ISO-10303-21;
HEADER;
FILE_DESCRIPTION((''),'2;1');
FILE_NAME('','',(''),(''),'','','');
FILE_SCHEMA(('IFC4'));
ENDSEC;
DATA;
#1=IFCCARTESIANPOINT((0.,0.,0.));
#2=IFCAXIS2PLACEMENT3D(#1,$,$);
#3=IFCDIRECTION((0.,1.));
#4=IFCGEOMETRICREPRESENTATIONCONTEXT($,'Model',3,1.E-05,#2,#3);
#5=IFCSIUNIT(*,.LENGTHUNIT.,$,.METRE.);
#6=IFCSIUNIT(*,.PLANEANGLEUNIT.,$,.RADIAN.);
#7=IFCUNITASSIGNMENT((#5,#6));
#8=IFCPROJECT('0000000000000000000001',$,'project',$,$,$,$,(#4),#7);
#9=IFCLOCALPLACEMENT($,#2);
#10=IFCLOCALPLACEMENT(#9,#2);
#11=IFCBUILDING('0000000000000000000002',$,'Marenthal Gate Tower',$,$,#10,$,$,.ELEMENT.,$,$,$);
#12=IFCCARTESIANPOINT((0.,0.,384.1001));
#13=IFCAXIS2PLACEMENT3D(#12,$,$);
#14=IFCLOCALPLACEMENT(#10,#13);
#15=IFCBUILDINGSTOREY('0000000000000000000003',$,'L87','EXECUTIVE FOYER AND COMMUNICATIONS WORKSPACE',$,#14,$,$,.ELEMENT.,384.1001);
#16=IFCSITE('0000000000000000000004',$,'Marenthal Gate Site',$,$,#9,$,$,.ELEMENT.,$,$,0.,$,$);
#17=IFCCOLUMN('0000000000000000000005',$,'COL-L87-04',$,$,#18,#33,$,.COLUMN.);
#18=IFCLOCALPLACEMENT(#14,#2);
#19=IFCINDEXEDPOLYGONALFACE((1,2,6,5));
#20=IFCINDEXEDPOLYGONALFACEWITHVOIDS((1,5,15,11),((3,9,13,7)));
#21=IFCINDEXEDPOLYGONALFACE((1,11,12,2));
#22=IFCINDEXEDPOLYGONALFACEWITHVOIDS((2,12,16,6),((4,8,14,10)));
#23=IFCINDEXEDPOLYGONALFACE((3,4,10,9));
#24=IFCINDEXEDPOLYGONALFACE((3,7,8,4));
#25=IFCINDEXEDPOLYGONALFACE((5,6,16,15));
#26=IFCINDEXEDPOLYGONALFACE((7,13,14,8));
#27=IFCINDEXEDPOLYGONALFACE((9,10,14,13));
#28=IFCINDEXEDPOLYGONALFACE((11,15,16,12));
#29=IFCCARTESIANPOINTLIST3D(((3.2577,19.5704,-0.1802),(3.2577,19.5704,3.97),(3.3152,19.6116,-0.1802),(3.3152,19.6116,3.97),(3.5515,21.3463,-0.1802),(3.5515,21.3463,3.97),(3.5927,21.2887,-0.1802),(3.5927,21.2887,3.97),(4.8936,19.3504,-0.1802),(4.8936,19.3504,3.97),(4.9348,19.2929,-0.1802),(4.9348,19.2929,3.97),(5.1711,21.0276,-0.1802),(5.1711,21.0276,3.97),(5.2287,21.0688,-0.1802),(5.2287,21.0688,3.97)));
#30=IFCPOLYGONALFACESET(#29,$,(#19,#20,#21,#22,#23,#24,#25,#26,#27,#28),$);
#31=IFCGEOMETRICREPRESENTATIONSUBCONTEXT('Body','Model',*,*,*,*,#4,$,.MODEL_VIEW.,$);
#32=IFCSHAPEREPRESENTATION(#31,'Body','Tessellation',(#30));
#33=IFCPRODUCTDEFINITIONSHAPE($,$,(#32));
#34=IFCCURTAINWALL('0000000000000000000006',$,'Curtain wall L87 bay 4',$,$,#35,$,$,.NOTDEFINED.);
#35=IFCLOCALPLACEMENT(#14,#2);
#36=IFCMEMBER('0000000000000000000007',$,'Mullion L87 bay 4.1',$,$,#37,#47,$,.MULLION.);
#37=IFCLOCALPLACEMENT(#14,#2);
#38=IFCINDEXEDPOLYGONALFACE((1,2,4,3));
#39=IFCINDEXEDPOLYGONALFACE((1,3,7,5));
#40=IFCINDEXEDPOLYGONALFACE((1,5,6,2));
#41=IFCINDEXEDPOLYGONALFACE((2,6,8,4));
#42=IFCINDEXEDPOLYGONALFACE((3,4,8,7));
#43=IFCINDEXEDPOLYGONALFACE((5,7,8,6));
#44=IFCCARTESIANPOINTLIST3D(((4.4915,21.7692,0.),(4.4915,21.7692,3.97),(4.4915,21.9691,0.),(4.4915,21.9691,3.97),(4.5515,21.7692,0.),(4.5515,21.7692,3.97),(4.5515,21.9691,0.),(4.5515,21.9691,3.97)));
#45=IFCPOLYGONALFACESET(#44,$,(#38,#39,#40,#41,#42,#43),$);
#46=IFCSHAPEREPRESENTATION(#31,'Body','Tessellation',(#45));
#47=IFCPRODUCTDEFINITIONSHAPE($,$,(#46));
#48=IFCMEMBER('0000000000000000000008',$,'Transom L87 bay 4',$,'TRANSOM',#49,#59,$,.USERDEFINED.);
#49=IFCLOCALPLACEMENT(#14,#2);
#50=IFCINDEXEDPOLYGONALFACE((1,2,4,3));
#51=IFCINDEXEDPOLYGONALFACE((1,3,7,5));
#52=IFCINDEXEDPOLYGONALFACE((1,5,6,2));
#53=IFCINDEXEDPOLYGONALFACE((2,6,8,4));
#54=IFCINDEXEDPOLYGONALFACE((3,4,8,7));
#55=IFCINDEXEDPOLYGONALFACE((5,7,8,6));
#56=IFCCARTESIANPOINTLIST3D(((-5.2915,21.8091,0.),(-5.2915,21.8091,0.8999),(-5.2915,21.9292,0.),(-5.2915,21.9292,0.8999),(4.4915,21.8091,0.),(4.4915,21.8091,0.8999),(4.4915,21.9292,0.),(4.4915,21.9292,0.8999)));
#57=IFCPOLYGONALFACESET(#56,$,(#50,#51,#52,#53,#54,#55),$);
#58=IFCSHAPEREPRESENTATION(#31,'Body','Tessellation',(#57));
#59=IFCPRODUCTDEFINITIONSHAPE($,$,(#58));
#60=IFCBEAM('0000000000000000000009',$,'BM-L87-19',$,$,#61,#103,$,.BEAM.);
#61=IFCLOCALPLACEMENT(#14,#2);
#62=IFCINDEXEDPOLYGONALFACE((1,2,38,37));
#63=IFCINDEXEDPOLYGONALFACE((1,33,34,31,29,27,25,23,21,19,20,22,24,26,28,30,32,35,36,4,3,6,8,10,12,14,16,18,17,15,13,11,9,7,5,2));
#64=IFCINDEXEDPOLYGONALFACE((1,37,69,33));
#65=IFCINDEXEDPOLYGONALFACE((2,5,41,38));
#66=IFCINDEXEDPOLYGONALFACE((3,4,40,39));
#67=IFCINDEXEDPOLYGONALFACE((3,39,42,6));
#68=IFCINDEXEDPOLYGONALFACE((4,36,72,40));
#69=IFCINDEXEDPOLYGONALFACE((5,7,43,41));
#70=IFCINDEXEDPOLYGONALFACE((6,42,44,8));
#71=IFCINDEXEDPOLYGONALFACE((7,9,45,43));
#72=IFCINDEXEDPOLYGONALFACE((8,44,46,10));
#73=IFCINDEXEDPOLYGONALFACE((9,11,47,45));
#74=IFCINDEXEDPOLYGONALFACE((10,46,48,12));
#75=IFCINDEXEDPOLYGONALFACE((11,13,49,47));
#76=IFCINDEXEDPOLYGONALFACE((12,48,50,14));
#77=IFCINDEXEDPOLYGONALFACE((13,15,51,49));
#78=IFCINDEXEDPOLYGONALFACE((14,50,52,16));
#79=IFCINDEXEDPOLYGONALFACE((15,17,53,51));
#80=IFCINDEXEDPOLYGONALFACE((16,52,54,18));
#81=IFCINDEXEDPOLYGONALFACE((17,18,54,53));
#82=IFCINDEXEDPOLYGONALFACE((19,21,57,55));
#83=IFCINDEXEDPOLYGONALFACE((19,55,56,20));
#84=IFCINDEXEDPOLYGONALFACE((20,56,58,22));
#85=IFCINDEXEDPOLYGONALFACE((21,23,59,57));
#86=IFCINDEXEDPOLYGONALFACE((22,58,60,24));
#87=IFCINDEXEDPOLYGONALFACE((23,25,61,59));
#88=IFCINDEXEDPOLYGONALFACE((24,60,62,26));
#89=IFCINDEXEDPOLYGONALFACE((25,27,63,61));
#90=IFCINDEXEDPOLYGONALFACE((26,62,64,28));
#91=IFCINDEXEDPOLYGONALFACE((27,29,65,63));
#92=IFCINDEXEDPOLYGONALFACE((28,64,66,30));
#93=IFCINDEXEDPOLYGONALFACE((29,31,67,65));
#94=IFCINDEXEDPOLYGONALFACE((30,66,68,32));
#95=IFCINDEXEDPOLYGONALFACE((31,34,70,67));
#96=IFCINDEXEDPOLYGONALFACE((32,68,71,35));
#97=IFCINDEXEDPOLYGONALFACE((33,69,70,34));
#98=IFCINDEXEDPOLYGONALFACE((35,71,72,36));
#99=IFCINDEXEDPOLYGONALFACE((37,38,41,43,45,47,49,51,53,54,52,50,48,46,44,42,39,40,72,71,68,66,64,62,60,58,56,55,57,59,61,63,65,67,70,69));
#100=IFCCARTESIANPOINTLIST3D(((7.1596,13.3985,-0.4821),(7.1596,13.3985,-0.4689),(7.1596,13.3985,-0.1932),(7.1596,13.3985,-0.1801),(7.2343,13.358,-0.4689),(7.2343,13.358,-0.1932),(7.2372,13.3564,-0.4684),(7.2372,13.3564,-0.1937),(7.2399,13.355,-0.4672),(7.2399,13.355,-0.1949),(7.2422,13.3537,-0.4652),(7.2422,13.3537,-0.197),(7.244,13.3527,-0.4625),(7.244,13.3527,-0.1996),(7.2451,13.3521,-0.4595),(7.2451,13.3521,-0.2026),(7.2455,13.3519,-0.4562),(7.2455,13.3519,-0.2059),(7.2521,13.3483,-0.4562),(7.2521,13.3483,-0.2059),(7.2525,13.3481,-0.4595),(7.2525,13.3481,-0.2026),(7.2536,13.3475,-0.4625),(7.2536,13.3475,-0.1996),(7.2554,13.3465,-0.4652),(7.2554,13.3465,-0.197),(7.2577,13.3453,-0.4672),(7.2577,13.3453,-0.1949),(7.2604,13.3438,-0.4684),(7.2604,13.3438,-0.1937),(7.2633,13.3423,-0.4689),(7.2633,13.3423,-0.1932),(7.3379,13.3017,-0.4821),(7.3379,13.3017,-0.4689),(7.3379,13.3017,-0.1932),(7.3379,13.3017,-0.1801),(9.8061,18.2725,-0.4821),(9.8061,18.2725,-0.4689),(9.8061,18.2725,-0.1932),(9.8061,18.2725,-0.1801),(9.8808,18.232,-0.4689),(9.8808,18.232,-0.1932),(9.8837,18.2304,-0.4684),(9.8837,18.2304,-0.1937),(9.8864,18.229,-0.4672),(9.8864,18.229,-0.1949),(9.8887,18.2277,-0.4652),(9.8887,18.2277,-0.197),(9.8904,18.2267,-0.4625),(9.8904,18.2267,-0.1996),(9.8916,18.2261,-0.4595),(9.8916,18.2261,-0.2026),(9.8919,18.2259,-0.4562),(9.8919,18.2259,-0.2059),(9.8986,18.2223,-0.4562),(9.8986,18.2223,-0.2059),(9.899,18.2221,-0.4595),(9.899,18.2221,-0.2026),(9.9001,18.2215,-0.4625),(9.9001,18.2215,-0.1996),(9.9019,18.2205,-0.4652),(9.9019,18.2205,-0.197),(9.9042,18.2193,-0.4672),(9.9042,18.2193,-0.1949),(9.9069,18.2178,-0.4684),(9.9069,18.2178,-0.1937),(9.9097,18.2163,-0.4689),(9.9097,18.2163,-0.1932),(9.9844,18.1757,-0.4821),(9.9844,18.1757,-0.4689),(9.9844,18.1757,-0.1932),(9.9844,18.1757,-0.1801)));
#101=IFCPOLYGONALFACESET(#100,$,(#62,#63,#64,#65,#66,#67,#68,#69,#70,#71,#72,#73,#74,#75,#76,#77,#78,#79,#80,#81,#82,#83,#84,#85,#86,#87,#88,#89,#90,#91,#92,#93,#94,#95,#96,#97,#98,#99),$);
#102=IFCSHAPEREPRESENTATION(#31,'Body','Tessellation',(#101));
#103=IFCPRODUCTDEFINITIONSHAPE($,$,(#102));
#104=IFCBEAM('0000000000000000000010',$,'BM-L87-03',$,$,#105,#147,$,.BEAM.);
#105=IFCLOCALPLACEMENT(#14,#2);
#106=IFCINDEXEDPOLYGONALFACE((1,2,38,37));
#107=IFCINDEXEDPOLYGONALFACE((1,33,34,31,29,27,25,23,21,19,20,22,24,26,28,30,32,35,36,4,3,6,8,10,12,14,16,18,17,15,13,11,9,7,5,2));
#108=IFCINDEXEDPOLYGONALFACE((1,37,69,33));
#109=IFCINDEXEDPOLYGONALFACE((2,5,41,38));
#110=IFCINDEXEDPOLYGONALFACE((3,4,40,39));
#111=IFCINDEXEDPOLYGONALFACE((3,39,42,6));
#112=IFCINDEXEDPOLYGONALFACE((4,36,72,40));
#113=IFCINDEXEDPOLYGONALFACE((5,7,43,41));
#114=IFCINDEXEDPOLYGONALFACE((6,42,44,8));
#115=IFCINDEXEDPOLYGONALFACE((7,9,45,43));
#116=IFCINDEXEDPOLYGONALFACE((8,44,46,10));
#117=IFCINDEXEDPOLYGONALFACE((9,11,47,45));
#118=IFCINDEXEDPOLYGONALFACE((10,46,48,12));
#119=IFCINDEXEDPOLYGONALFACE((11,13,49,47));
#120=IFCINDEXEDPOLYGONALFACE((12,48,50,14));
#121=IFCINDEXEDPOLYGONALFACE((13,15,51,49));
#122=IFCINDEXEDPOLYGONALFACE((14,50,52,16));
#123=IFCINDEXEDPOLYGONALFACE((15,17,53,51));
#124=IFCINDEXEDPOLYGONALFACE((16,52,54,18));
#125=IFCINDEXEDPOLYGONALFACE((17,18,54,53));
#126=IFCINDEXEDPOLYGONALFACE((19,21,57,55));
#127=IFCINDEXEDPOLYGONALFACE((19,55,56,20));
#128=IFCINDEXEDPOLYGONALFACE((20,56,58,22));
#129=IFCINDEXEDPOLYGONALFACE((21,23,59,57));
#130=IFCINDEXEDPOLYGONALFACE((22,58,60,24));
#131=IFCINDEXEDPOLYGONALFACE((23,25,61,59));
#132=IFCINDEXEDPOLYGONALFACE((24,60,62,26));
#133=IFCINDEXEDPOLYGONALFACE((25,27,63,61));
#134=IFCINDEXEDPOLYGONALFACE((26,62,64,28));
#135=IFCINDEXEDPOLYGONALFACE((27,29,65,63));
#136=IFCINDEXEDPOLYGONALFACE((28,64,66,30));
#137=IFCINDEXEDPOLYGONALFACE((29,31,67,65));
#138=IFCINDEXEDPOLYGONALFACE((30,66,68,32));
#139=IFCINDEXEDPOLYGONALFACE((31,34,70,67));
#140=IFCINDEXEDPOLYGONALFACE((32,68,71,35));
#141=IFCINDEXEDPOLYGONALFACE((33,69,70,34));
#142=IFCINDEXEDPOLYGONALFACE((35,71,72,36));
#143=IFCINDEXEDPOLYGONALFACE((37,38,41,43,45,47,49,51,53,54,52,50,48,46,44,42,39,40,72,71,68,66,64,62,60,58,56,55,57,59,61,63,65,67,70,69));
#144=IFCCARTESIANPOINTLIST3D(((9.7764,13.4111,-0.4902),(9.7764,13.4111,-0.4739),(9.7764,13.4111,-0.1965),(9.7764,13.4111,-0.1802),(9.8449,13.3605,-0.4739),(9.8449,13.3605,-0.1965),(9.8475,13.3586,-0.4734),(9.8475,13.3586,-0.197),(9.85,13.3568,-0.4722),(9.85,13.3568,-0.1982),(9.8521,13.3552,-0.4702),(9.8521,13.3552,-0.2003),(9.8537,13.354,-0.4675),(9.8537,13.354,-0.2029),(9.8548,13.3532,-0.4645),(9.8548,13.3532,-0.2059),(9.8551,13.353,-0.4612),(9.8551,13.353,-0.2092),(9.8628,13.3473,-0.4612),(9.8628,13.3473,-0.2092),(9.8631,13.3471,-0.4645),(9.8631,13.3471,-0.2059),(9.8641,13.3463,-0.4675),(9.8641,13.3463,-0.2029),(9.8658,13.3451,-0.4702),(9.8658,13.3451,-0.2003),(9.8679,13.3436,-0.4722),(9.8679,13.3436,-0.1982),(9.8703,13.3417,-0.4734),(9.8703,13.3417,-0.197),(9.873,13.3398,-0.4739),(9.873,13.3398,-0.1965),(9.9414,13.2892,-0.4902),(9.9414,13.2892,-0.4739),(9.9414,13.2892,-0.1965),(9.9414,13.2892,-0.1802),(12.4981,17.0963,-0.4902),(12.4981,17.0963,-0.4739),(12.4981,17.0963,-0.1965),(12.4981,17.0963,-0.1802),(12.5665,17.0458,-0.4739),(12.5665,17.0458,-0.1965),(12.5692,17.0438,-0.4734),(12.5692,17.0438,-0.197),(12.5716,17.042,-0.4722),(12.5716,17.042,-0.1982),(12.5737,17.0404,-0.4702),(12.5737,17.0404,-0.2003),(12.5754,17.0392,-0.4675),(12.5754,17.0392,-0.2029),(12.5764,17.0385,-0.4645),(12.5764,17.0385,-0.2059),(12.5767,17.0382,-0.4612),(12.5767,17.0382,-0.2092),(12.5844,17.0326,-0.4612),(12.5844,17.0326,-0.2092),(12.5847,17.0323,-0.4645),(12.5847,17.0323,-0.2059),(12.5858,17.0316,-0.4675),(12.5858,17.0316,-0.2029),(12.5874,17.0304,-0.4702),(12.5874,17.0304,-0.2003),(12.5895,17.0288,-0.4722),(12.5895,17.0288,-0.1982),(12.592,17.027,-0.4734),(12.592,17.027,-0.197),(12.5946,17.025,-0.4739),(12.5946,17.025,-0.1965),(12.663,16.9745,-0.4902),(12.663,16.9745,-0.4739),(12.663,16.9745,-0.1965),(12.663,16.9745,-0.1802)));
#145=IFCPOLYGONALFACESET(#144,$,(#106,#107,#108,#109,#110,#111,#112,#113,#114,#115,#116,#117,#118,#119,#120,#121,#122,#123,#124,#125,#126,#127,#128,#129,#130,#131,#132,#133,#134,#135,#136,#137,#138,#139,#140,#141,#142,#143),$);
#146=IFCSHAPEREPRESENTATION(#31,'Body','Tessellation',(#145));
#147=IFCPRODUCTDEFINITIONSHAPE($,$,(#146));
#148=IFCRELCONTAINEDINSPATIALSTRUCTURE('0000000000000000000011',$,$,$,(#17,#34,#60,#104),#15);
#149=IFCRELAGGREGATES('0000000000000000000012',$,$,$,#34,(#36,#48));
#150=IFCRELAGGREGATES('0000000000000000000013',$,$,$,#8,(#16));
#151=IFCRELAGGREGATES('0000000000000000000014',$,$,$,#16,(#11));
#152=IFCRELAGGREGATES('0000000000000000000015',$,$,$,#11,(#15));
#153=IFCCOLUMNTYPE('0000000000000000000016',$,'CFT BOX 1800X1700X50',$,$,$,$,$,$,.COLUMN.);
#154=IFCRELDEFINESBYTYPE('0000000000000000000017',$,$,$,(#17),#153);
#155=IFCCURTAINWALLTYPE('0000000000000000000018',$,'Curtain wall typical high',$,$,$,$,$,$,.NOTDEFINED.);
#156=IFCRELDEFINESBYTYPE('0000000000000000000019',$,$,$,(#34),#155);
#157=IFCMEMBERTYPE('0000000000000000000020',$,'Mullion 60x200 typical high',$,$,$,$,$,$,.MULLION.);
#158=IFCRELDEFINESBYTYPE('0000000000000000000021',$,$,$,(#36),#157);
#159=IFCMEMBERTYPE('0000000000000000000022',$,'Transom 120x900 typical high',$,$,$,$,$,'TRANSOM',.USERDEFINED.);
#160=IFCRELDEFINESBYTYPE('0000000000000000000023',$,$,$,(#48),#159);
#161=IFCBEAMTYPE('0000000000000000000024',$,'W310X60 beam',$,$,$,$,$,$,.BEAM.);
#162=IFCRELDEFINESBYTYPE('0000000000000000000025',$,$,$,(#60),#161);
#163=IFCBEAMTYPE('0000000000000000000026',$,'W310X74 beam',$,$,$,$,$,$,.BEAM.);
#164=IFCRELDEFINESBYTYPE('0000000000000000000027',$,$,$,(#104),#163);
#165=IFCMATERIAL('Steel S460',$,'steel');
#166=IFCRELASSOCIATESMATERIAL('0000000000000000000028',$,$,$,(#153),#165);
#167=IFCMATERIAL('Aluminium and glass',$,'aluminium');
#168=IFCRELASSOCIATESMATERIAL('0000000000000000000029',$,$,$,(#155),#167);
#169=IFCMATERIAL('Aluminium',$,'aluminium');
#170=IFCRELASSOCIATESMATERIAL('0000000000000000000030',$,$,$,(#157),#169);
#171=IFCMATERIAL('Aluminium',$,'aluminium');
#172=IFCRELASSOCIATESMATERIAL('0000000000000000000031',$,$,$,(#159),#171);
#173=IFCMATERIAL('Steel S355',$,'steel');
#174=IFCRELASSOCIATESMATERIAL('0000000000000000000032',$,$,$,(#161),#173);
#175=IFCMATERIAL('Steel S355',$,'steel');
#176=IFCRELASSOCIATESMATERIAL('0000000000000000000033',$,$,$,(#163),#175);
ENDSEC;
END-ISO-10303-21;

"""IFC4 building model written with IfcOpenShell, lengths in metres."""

from ifc_helpers import new_model, si_unit, direction, frame, origin, origin_2d, place, context, subcontext, project, spatial, rectangle, hollow_rectangle, i_section, extrude, material, material_profile, profile_set, type_object, element, aggregate, save


model = new_model("IFC4")

# Units and contexts
model_context = context("Model", 3, precision=1e-05, world=origin(), true_north=direction((0.0, 1.0)))
body_context = subcontext(model_context, "Body", "Model", "MODEL_VIEW")
ifc_project = project(units=[si_unit("LENGTHUNIT", "METRE"), si_unit("PLANEANGLEUNIT", "RADIAN")], contexts=[model_context])

# Site, building, storey
site_placement = place(None, origin())
site = spatial("IfcSite", under=ifc_project, at=site_placement, Name="Marenthal Gate Site", CompositionType="ELEMENT", RefElevation=0.0)
building_placement = place(site_placement, origin())
building = spatial("IfcBuilding", under=site, at=building_placement, Name="Marenthal Gate Tower", CompositionType="ELEMENT")
storey_placement = place(building_placement, frame((0.0, 0.0, 384.1001)))
storey = spatial("IfcBuildingStorey", under=building, at=storey_placement, Name="L87", Description="EXECUTIVE FOYER AND COMMUNICATIONS WORKSPACE", CompositionType="ELEMENT", Elevation=384.1001)

# Column
ifc_material_1 = material(Name="Steel S460", Category="steel")
ifc_material_profile_1 = material_profile(ifc_material_1, hollow_rectangle(XDim=1.7, YDim=1.8, WallThickness=0.05, at=origin_2d()), Name="CFT BOX 1800X1700X50")
ifc_material_2 = material(Name="Concrete 70 MPa", Category="concrete")
ifc_material_profile_2 = material_profile(ifc_material_2, rectangle(XDim=1.6001, YDim=1.7, at=origin_2d()), Name="CFT BOX 1800X1700X50 INFILL")
ifc_profile_set_1 = profile_set([ifc_material_profile_1, ifc_material_profile_2], Name="Steel S460 shell, Concrete 70 MPa infill")
column_type = type_object("IfcColumnType", Name="CFT BOX 1800X1700X50", PredefinedType="COLUMN", material=ifc_profile_set_1)
column_placement = place(storey_placement, frame((4.2432, 20.3196, -0.1802), z_axis=(0.0, 0.0, 1.0), x_axis=(0.986583, -0.163262, 0.0)))
element("IfcColumn", 1, at=column_placement, inside=storey, type_object=column_type, Name="COL-L87-04", PredefinedType="COLUMN", context=body_context, shape_type="SweptSolid", body=[
    extrude(hollow_rectangle(XDim=1.7, YDim=1.8, WallThickness=0.05, at=origin_2d()), origin(), (0.0, 0.0, 1.0), 4.1501),
])

# Curtain wall, members
ifc_material_3 = material(Name="Aluminium and glass", Category="aluminium")
curtain_wall_type = type_object("IfcCurtainWallType", Name="Curtain wall typical high", PredefinedType="NOTDEFINED", material=ifc_material_3)
curtain_wall_placement = place(storey_placement, origin())
curtain_wall = element("IfcCurtainWall", 2, at=curtain_wall_placement, inside=storey, type_object=curtain_wall_type, Name="Curtain wall L87 bay 4", PredefinedType="NOTDEFINED")
ifc_material_4 = material(Name="Aluminium", Category="aluminium")
ifc_material_profile_3 = material_profile(ifc_material_4, rectangle(XDim=0.2, YDim=0.0601, at=origin_2d()), Name="60x200 aluminium mullion")
ifc_profile_set_2 = profile_set([ifc_material_profile_3], Name="Aluminium")
member_type_1 = type_object("IfcMemberType", Name="Mullion 60x200 typical high", PredefinedType="MULLION", material=ifc_profile_set_2)
member_1_placement = place(storey_placement, frame((4.5215, 21.8691, 0.0), z_axis=(0.0, 0.0, 1.0), x_axis=(0.0, -1.0, 0.0)))
member_1 = element("IfcMember", 3, at=member_1_placement, type_object=member_type_1, Name="Mullion L87 bay 4.1", PredefinedType="MULLION", context=body_context, shape_type="SweptSolid", body=[
    extrude(rectangle(XDim=0.2, YDim=0.0601, at=origin_2d()), origin(), (0.0, 0.0, 1.0), 3.97),
])
ifc_material_5 = material(Name="Aluminium", Category="aluminium")
ifc_material_profile_4 = material_profile(ifc_material_5, rectangle(XDim=0.1201, YDim=0.8999, at=origin_2d()), Name="120x900 aluminium transom")
ifc_profile_set_3 = profile_set([ifc_material_profile_4], Name="Aluminium")
member_type_2 = type_object("IfcMemberType", Name="Transom 120x900 typical high", ElementType="TRANSOM", PredefinedType="USERDEFINED", material=ifc_profile_set_3)
member_2_placement = place(storey_placement, frame((4.4915, 21.8691, 0.45), z_axis=(-1.0, 0.0, 0.0), x_axis=(0.0, -1.0, 0.0)))
member_2 = element("IfcMember", 4, at=member_2_placement, type_object=member_type_2, Name="Transom L87 bay 4", ObjectType="TRANSOM", PredefinedType="USERDEFINED", context=body_context, shape_type="SweptSolid", body=[
    extrude(rectangle(XDim=0.1201, YDim=0.8999, at=origin_2d()), origin(), (0.0, 0.0, 1.0), 9.783),
])

# Beams
ifc_material_6 = material(Name="Steel S355", Category="steel")
ifc_material_profile_5 = material_profile(ifc_material_6, i_section(OverallWidth=0.2029, OverallDepth=0.302, WebThickness=0.0076, FlangeThickness=0.0132, FilletRadius=0.0127, at=origin_2d()), Name="W310X60")
ifc_profile_set_4 = profile_set([ifc_material_profile_5], Name="Steel S355")
beam_type_1 = type_object("IfcBeamType", Name="W310X60 beam", PredefinedType="BEAM", material=ifc_profile_set_4)
beam_1_placement = place(storey_placement, frame((9.8953, 18.2241, -0.3311), z_axis=(-0.477173, -0.878809, 0.0), x_axis=(0.878809, -0.477173, 0.0)))
element("IfcBeam", 5, at=beam_1_placement, inside=storey, type_object=beam_type_1, Name="BM-L87-19", PredefinedType="BEAM", context=body_context, shape_type="SweptSolid", body=[
    extrude(i_section(OverallWidth=0.2029, OverallDepth=0.302, WebThickness=0.0076, FlangeThickness=0.0132, FilletRadius=0.0127, at=origin_2d()), origin(), (0.0, 0.0, 1.0), 5.5461),
])
ifc_material_7 = material(Name="Steel S355", Category="steel")
ifc_material_profile_6 = material_profile(ifc_material_7, i_section(OverallWidth=0.2051, OverallDepth=0.3101, WebThickness=0.0095, FlangeThickness=0.0164, FilletRadius=0.0127, at=origin_2d()), Name="W310X74")
ifc_profile_set_5 = profile_set([ifc_material_profile_6], Name="Steel S355")
beam_type_2 = type_object("IfcBeamType", Name="W310X74 beam", PredefinedType="BEAM", material=ifc_profile_set_5)
beam_2_placement = place(storey_placement, frame((12.5806, 17.0354, -0.3352), z_axis=(-0.594075, -0.80441, 0.0), x_axis=(0.80441, -0.594075, 0.0)))
element("IfcBeam", 6, at=beam_2_placement, inside=storey, type_object=beam_type_2, Name="BM-L87-03", PredefinedType="BEAM", context=body_context, shape_type="SweptSolid", body=[
    extrude(i_section(OverallWidth=0.2051, OverallDepth=0.3101, WebThickness=0.0095, FlangeThickness=0.0164, FilletRadius=0.0127, at=origin_2d()), origin(), (0.0, 0.0, 1.0), 4.5813),
])

aggregate(curtain_wall, [member_1, member_2])

save(model, "model.ifc")
